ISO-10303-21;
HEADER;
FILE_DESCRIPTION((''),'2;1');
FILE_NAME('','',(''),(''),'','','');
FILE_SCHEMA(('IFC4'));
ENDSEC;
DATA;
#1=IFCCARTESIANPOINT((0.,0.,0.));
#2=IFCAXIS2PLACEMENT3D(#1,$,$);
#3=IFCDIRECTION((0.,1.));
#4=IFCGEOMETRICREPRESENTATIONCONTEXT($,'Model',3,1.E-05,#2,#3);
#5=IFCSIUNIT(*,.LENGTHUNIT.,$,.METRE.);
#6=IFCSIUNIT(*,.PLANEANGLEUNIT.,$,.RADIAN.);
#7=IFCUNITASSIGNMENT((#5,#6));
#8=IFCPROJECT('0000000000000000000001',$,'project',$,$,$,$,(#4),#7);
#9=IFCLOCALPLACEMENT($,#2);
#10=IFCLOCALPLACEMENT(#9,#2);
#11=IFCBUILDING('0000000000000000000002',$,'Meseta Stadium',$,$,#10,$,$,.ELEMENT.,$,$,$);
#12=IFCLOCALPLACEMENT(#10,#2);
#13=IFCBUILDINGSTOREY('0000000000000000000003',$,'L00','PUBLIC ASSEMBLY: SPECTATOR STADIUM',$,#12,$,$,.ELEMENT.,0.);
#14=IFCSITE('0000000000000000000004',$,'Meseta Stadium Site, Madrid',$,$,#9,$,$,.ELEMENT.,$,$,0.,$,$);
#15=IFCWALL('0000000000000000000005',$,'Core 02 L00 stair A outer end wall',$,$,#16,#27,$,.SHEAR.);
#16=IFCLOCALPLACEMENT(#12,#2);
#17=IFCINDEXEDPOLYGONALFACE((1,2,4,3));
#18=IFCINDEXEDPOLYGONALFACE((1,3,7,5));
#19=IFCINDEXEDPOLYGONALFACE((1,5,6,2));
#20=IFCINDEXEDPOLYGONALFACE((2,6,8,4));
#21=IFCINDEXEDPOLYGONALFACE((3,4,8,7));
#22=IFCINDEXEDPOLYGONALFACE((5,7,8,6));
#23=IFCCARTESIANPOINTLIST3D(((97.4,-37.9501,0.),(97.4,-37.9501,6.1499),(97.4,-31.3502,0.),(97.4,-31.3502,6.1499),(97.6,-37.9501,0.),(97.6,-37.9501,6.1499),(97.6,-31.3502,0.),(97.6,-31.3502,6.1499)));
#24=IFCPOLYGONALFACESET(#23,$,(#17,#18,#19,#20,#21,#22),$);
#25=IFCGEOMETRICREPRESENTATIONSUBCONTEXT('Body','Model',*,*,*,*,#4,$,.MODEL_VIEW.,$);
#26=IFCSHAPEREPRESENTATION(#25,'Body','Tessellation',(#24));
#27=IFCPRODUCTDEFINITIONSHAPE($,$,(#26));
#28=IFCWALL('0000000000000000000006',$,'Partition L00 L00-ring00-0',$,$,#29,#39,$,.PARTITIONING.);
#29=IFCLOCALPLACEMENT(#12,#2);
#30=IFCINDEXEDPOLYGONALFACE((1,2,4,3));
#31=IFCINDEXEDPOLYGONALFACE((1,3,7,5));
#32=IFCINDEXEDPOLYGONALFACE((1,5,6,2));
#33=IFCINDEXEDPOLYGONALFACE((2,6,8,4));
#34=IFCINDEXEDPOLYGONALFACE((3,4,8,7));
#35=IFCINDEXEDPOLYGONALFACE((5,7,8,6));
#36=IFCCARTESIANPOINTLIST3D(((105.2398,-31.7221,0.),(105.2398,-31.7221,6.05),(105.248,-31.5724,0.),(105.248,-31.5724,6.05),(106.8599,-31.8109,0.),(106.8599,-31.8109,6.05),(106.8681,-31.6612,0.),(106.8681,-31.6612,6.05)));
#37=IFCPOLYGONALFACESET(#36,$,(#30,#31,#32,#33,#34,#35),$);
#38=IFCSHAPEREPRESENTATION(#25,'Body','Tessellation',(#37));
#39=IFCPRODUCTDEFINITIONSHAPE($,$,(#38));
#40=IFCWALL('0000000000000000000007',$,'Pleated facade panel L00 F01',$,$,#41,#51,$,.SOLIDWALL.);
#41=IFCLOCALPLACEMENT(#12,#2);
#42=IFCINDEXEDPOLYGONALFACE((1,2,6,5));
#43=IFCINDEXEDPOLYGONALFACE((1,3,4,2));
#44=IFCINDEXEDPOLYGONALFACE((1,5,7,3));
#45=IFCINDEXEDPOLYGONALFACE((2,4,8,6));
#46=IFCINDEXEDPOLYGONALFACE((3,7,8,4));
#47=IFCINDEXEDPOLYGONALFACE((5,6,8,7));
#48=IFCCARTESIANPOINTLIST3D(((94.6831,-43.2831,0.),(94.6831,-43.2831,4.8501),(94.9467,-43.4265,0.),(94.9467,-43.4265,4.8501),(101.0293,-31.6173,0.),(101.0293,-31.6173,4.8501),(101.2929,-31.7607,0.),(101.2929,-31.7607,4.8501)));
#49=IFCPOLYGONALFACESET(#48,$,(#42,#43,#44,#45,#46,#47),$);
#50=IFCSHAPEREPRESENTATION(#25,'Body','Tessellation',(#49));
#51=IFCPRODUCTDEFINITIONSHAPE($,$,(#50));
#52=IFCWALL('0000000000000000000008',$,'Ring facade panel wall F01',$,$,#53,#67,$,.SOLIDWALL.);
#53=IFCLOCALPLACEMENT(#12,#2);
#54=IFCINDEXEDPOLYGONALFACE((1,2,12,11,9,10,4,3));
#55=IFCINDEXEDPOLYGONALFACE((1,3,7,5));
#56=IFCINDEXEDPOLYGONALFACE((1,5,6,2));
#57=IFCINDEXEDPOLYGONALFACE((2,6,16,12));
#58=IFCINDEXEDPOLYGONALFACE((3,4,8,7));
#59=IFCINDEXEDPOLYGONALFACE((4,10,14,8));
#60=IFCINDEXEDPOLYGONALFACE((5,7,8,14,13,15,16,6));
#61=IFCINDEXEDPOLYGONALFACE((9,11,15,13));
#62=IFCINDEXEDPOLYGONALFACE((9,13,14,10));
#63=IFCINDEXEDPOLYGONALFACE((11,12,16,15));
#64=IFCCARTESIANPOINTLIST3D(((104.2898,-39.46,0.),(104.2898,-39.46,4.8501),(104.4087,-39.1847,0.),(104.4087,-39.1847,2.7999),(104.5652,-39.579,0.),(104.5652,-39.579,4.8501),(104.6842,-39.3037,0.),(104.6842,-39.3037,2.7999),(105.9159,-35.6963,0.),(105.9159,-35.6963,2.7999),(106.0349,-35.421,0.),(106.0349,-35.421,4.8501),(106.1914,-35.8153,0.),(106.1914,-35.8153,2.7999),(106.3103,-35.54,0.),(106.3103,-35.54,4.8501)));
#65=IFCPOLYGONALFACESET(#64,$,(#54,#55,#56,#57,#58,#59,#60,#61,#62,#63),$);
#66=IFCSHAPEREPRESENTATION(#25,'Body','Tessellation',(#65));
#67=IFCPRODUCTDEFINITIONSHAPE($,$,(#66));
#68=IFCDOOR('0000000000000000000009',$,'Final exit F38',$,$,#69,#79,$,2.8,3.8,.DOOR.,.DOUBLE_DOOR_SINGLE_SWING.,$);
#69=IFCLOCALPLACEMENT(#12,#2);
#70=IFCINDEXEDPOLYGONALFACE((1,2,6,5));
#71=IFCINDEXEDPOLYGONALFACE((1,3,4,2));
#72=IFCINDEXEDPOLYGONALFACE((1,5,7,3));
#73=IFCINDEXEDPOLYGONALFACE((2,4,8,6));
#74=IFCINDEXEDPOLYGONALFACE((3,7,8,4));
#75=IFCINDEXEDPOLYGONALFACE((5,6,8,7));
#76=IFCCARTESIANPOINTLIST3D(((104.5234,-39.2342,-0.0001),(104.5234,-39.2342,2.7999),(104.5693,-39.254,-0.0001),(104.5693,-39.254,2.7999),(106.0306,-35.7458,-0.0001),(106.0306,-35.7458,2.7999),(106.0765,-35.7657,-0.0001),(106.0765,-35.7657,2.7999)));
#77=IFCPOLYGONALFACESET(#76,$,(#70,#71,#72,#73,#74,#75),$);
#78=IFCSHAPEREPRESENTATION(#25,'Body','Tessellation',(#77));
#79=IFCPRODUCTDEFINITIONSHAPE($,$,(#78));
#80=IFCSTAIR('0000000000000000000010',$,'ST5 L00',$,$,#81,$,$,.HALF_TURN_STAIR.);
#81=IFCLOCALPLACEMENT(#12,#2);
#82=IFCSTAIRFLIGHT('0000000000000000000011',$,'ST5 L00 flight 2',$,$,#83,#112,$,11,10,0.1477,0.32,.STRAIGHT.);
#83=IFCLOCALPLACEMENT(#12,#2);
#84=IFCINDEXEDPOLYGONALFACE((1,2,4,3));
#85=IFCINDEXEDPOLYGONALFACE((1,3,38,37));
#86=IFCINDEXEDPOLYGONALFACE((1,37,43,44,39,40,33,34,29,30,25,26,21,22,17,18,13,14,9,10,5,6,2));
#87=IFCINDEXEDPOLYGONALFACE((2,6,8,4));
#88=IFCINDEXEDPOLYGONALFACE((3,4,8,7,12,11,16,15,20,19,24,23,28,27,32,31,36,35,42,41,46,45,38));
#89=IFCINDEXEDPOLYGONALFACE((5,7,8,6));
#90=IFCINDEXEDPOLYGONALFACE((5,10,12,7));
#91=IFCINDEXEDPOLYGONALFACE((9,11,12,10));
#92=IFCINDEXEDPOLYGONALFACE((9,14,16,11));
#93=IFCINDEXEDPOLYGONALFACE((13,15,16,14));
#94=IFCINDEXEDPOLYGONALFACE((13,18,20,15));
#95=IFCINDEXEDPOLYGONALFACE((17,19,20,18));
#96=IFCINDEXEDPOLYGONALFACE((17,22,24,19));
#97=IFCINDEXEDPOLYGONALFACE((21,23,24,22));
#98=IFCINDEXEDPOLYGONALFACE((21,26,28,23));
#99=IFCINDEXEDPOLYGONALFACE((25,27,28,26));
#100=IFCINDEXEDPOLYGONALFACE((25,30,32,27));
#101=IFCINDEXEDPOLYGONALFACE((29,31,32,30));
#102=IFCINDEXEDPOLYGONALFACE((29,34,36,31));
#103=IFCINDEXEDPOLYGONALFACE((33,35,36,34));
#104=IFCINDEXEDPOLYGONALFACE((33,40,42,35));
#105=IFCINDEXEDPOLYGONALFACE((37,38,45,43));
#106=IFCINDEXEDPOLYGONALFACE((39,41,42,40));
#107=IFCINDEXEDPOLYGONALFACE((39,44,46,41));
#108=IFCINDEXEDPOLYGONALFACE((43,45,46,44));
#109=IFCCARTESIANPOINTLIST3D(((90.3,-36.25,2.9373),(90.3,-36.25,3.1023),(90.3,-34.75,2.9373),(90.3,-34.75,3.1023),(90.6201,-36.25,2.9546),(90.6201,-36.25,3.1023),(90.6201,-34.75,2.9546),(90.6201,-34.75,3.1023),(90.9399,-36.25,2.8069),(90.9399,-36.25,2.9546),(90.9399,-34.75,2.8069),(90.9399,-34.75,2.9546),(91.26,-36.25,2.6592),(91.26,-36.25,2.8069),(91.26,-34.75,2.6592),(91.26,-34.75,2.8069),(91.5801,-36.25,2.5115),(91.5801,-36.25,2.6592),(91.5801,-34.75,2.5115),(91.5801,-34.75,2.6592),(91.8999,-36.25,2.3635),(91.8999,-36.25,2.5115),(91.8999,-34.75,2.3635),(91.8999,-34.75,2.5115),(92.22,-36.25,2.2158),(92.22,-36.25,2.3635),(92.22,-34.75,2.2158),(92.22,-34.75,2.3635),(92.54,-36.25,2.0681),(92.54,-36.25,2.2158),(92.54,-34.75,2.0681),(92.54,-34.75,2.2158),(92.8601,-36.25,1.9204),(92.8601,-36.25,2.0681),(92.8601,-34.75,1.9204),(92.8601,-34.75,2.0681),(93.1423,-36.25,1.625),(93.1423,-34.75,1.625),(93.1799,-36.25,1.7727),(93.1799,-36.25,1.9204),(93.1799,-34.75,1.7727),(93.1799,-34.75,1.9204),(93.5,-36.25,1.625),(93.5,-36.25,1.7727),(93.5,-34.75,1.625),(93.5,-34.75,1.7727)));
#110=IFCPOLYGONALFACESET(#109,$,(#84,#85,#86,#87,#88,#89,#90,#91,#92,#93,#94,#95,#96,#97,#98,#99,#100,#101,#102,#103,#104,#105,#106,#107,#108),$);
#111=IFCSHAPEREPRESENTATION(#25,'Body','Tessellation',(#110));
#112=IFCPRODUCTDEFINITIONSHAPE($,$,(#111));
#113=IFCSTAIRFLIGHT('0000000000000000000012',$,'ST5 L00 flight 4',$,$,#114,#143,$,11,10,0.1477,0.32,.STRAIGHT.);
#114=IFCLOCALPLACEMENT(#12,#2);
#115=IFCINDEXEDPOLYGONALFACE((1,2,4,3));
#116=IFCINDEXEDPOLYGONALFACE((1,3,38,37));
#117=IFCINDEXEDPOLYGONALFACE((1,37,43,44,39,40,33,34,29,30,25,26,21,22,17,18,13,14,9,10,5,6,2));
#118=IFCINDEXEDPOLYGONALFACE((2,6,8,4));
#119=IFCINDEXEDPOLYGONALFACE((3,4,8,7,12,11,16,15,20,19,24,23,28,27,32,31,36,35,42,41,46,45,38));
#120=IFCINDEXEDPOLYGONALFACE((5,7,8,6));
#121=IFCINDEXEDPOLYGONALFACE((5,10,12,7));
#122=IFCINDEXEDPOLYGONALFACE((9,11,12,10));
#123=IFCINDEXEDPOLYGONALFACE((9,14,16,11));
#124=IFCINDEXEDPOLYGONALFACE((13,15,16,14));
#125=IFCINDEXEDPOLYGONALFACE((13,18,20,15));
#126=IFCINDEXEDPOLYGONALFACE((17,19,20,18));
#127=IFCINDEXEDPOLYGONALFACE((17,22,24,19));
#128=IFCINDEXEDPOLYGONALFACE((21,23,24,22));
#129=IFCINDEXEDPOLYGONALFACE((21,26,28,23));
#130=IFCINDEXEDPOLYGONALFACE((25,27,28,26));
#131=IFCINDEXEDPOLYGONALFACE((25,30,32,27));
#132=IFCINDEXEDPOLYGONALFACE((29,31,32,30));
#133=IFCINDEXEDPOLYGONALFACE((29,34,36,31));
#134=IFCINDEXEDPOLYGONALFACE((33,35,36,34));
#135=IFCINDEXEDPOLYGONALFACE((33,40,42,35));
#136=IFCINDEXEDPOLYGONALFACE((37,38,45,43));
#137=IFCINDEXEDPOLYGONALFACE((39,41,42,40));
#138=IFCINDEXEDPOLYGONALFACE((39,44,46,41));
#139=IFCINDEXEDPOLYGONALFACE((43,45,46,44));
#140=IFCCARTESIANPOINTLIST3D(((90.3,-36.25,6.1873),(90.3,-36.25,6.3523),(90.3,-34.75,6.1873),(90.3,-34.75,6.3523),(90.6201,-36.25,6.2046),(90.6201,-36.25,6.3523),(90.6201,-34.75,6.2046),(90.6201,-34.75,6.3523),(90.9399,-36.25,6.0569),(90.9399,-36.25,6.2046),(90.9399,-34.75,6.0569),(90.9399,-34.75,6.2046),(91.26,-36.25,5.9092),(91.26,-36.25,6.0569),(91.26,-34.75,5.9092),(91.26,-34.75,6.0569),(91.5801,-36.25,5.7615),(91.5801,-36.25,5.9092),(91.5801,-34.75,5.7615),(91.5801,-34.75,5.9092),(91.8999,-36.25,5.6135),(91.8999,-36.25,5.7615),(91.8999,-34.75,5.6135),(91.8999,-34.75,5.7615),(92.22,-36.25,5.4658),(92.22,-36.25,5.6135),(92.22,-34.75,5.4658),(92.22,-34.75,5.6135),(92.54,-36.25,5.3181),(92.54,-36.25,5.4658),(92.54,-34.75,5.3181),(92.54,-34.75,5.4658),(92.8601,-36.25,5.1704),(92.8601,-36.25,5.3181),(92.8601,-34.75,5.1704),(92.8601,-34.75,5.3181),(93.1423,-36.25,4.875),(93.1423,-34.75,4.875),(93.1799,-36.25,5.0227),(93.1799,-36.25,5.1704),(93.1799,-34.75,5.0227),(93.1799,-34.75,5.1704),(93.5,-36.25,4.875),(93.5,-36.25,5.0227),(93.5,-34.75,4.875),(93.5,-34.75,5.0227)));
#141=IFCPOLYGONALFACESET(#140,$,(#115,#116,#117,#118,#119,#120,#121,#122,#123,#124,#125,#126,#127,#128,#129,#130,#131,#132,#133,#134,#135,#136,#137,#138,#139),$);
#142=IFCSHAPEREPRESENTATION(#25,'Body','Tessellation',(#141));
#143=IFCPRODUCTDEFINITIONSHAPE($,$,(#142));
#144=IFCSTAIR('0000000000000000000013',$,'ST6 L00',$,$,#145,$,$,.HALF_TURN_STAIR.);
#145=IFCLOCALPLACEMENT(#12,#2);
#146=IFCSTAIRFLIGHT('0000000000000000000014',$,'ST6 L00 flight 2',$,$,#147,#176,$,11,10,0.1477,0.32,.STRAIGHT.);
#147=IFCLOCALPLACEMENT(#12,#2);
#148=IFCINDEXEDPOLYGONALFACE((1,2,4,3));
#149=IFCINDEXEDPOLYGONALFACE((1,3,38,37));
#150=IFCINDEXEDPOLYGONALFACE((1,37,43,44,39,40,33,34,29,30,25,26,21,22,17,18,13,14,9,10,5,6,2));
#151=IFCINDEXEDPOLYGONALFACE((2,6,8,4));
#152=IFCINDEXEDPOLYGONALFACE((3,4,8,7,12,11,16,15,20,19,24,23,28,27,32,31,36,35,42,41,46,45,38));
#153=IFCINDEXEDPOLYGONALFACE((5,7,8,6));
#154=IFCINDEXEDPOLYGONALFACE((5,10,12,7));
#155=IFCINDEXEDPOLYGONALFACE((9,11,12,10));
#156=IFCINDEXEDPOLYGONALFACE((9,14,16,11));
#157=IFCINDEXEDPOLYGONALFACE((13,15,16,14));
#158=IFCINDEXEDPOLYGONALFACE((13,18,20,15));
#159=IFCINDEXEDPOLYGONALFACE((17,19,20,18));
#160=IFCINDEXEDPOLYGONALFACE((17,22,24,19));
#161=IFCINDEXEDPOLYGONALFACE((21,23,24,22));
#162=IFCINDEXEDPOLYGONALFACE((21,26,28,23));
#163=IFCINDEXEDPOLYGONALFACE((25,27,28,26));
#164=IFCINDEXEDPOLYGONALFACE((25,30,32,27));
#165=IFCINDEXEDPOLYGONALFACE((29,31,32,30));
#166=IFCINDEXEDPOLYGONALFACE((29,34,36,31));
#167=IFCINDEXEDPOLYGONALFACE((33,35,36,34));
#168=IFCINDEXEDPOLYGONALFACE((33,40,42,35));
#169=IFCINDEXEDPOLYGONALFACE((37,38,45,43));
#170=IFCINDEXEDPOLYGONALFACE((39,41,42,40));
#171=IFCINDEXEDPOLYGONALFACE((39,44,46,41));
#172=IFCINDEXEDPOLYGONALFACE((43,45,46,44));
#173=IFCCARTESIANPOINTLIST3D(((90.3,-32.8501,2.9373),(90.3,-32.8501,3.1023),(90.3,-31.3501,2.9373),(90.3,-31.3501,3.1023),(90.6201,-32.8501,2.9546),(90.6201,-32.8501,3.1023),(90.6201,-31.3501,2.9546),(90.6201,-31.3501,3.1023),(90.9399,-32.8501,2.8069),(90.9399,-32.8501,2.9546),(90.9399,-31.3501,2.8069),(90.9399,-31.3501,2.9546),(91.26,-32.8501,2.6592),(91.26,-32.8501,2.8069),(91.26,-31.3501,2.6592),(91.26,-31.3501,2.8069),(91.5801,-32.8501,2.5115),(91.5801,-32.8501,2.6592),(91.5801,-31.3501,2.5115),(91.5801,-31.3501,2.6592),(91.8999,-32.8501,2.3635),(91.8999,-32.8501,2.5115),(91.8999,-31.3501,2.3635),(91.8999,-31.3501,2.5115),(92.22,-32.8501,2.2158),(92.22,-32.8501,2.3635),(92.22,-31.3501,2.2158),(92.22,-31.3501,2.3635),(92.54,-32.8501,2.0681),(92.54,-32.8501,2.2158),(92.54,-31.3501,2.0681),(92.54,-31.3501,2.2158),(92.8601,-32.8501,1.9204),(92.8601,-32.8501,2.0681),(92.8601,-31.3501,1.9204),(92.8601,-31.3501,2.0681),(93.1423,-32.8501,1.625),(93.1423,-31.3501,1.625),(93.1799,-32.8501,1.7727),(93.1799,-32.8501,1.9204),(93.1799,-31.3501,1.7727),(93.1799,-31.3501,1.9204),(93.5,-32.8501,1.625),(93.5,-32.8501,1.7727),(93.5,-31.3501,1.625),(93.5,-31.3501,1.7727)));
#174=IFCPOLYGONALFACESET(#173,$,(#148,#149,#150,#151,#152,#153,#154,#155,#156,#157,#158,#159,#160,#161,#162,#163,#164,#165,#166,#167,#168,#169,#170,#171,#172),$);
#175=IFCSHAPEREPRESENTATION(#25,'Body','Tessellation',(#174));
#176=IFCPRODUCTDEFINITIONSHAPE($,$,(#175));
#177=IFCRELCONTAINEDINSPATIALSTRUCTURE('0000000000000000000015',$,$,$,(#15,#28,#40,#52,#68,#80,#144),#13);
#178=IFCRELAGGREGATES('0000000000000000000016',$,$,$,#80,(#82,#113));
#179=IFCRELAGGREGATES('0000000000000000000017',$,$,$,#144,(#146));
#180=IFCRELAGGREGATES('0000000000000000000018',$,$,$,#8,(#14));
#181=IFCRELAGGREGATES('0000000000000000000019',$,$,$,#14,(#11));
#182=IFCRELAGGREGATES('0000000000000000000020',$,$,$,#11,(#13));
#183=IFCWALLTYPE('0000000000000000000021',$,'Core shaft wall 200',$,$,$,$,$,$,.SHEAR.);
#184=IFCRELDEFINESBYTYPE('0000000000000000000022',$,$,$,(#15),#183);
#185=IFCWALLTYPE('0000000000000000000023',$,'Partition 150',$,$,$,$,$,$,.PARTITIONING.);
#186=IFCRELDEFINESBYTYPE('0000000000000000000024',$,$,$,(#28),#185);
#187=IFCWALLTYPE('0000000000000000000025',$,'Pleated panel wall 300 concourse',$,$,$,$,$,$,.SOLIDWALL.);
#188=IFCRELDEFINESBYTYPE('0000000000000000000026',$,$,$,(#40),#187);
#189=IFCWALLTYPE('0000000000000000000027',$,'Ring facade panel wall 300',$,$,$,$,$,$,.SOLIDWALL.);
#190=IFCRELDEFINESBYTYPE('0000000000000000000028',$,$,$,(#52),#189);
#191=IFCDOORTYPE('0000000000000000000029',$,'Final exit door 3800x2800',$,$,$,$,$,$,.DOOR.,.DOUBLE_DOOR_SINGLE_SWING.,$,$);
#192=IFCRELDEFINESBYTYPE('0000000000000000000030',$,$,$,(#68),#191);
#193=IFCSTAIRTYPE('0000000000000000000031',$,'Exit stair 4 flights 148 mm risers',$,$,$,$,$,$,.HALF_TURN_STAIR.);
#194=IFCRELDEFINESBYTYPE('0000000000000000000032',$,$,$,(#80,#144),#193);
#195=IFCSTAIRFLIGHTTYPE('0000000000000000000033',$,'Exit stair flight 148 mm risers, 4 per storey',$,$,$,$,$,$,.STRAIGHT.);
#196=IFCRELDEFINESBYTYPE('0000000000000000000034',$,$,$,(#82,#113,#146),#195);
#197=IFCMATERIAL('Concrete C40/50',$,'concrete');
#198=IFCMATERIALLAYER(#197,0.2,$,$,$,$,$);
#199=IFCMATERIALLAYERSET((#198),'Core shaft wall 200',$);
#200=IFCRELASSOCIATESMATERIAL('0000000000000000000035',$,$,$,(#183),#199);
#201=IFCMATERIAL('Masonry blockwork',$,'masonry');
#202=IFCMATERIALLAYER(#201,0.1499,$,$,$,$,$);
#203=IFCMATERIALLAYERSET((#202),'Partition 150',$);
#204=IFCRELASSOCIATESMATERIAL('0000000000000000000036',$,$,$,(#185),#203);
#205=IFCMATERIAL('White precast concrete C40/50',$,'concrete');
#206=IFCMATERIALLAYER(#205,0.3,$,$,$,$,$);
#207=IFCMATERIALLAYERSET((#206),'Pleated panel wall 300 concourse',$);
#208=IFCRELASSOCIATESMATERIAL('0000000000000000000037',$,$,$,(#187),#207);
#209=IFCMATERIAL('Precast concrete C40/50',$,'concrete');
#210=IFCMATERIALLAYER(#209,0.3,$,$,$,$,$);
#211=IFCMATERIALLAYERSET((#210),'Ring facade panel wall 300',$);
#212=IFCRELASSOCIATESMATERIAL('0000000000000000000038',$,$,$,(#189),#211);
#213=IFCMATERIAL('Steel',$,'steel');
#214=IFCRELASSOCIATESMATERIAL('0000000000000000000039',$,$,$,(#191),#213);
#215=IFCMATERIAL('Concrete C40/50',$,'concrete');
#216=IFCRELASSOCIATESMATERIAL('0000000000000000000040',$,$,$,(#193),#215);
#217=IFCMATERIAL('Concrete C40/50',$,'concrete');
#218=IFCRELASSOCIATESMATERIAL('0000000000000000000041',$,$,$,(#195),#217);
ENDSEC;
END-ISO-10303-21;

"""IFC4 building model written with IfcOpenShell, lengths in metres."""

from ifc_helpers import new_model, si_unit, direction, frame, frame_2d, origin, place, context, subcontext, project, spatial, polyline, rectangle, outline, extrude, material, layer, layer_set, type_object, element, fill, aggregate, save


model = new_model("IFC4")

# Units and contexts
model_context = context("Model", 3, precision=1e-05, world=origin(), true_north=direction((0.0, 1.0)))
body_context = subcontext(model_context, "Body", "Model", "MODEL_VIEW")
ifc_project = project(units=[si_unit("LENGTHUNIT", "METRE"), si_unit("PLANEANGLEUNIT", "RADIAN")], contexts=[model_context])

# Site, building, storey
site_placement = place(None, origin())
site = spatial("IfcSite", under=ifc_project, at=site_placement, Name="Meseta Stadium Site, Madrid", CompositionType="ELEMENT", RefElevation=0.0)
building_placement = place(site_placement, origin())
building = spatial("IfcBuilding", under=site, at=building_placement, Name="Meseta Stadium", CompositionType="ELEMENT")
storey_placement = place(building_placement, origin())
storey = spatial("IfcBuildingStorey", under=building, at=storey_placement, Name="L00", Description="PUBLIC ASSEMBLY: SPECTATOR STADIUM", CompositionType="ELEMENT", Elevation=0.0)

# Walls
ifc_material_1 = material(Name="Concrete C40/50", Category="concrete")
ifc_layer_1 = layer(ifc_material_1, 0.2)
ifc_layer_set_1 = layer_set([ifc_layer_1], Name="Core shaft wall 200")
wall_type_1 = type_object("IfcWallType", Name="Core shaft wall 200", PredefinedType="SHEAR", material=ifc_layer_set_1)
wall_1_placement = place(storey_placement, frame((97.5, -37.95, 0.0), z_axis=(0.0, 0.0, 1.0), x_axis=(0.0, 1.0, 0.0)))
element("IfcWall", 1, at=wall_1_placement, inside=storey, type_object=wall_type_1, Name="Core 02 L00 stair A outer end wall", PredefinedType="SHEAR", context=body_context, shape_type="SweptSolid", body=[
    extrude(rectangle(XDim=6.5999, YDim=0.2, at=frame_2d((3.2998, 0.0))), origin(), (0.0, 0.0, 1.0), 6.1499),
])
ifc_material_2 = material(Name="Masonry blockwork", Category="masonry")
ifc_layer_2 = layer(ifc_material_2, 0.1499)
ifc_layer_set_2 = layer_set([ifc_layer_2], Name="Partition 150")
wall_type_2 = type_object("IfcWallType", Name="Partition 150", PredefinedType="PARTITIONING", material=ifc_layer_set_2)
wall_2_placement = place(storey_placement, frame((105.2439, -31.6472, 0.0), z_axis=(0.0, 0.0, 1.0), x_axis=(0.998499, -0.05477, 0.0)))
element("IfcWall", 2, at=wall_2_placement, inside=storey, type_object=wall_type_2, Name="Partition L00 L00-ring00-0", PredefinedType="PARTITIONING", context=body_context, shape_type="SweptSolid", body=[
    extrude(rectangle(XDim=1.6226, YDim=0.1499, at=frame_2d((0.8113, 0.0))), origin(), (0.0, 0.0, 1.0), 6.05),
])
ifc_material_3 = material(Name="White precast concrete C40/50", Category="concrete")
ifc_layer_3 = layer(ifc_material_3, 0.3)
ifc_layer_set_3 = layer_set([ifc_layer_3], Name="Pleated panel wall 300 concourse")
wall_type_3 = type_object("IfcWallType", Name="Pleated panel wall 300 concourse", PredefinedType="SOLIDWALL", material=ifc_layer_set_3)
wall_3_placement = place(storey_placement, frame((101.1611, -31.689, 0.0), z_axis=(0.0, 0.0, 1.0), x_axis=(-0.477868, -0.878432, 0.0)))
element("IfcWall", 3, at=wall_3_placement, inside=storey, type_object=wall_type_3, Name="Pleated facade panel L00 F01", PredefinedType="SOLIDWALL", context=body_context, shape_type="SweptSolid", body=[
    extrude(rectangle(XDim=13.2803, YDim=0.3, at=frame_2d((6.6401, 0.0))), origin(), (0.0, 0.0, 1.0), 4.8501),
])

# Wall, opening, door
ifc_material_4 = material(Name="Precast concrete C40/50", Category="concrete")
ifc_layer_4 = layer(ifc_material_4, 0.3)
ifc_layer_set_4 = layer_set([ifc_layer_4], Name="Ring facade panel wall 300")
wall_type_4 = type_object("IfcWallType", Name="Ring facade panel wall 300", PredefinedType="SOLIDWALL", material=ifc_layer_set_4)
wall_4_placement = place(storey_placement, frame((106.1726, -35.4805, 0.0), z_axis=(0.0, 0.0, 1.0), x_axis=(-0.396623, -0.917982, 0.0)))
wall_4 = element("IfcWall", 4, at=wall_4_placement, inside=storey, type_object=wall_type_4, Name="Ring facade panel wall F01", PredefinedType="SOLIDWALL", context=body_context, shape_type="SweptSolid", body=[
    extrude(rectangle(XDim=4.3999, YDim=0.3, at=frame_2d((2.2, 0.0))), origin(), (0.0, 0.0, 1.0), 4.8501),
])
opening_placement = place(wall_4_placement, frame((0.3, 0.0, 0.0)))
opening = element("IfcOpeningElement", 5, at=opening_placement, cuts=wall_4, PredefinedType="OPENING", context=body_context, shape_type="SweptSolid", body=[
    extrude(rectangle(XDim=3.8, YDim=2.8, at=frame_2d((1.8999, 1.3999))), frame((0.0, 0.1599, 0.0), z_axis=(0.0, -1.0, 0.0), x_axis=(1.0, 0.0, 0.0)), (0.0, 0.0, 1.0), 0.3201),
])
ifc_material_5 = material(Name="Steel", Category="steel")
door_type = type_object("IfcDoorType", Name="Final exit door 3800x2800", OperationType="DOUBLE_DOOR_SINGLE_SWING", PredefinedType="DOOR", material=ifc_material_5)
door_placement = place(opening_placement, origin())
door = element("IfcDoor", 6, at=door_placement, inside=storey, type_object=door_type, Name="Final exit F38", OperationType="DOUBLE_DOOR_SINGLE_SWING", OverallHeight=2.8, OverallWidth=3.8, PredefinedType="DOOR", context=body_context, shape_type="SweptSolid", body=[
    extrude(rectangle(XDim=3.8, YDim=2.8, at=frame_2d((1.8999, 1.3999))), frame((0.0, 0.0249, 0.0), z_axis=(0.0, -1.0, 0.0), x_axis=(1.0, 0.0, 0.0)), (0.0, 0.0, 1.0), 0.05),
])
fill(opening, door)

# Stairs, stair flights
ifc_material_6 = material(Name="Concrete C40/50", Category="concrete")
stair_type = type_object("IfcStairType", Name="Exit stair 4 flights 148 mm risers", PredefinedType="HALF_TURN_STAIR", material=ifc_material_6)
stair_1_placement = place(storey_placement, origin())
stair_1 = element("IfcStair", 7, at=stair_1_placement, inside=storey, type_object=stair_type, Name="ST5 L00", PredefinedType="HALF_TURN_STAIR")
ifc_material_7 = material(Name="Concrete C40/50", Category="concrete")
stair_flight_type = type_object("IfcStairFlightType", Name="Exit stair flight 148 mm risers, 4 per storey", PredefinedType="STRAIGHT", material=ifc_material_7)
stair_flight_1_placement = place(storey_placement, frame((93.5, -35.5, 1.625), z_axis=(0.0, 0.0, 1.0), x_axis=(-1.0, 0.0, 0.0)))
stair_flight_1 = element("IfcStairFlight", 8, at=stair_flight_1_placement, type_object=stair_flight_type, Name="ST5 L00 flight 2", NumberOfRisers=11, NumberOfTreads=10, PredefinedType="STRAIGHT", RiserHeight=0.1477, TreadLength=0.32, context=body_context, shape_type="SweptSolid", body=[
    extrude(outline(polyline([(0.0, 0.0), (0.0, 0.1477), (0.3201, 0.1477), (0.3201, 0.2954), (0.6399, 0.2954), (0.6399, 0.4431), (0.96, 0.4431), (0.96, 0.5908), (1.28, 0.5908), (1.28, 0.7385), (1.6001, 0.7385), (1.6001, 0.8865), (1.9199, 0.8865), (1.9199, 1.0342), (2.24, 1.0342), (2.24, 1.1819), (2.5601, 1.1819), (2.5601, 1.3296), (2.8799, 1.3296), (2.8799, 1.4773), (3.2, 1.4773), (3.2, 1.3123), (0.3577, 0.0), (0.0, 0.0)])), frame((0.0, 0.75, 0.0), z_axis=(0.0, -1.0, 0.0), x_axis=(1.0, 0.0, 0.0)), (0.0, 0.0, 1.0), 1.5),
])
stair_flight_2_placement = place(storey_placement, frame((93.5, -35.5, 4.875), z_axis=(0.0, 0.0, 1.0), x_axis=(-1.0, 0.0, 0.0)))
stair_flight_2 = element("IfcStairFlight", 9, at=stair_flight_2_placement, type_object=stair_flight_type, Name="ST5 L00 flight 4", NumberOfRisers=11, NumberOfTreads=10, PredefinedType="STRAIGHT", RiserHeight=0.1477, TreadLength=0.32, context=body_context, shape_type="SweptSolid", body=[
    extrude(outline(polyline([(0.0, 0.0), (0.0, 0.1477), (0.3201, 0.1477), (0.3201, 0.2954), (0.6399, 0.2954), (0.6399, 0.4431), (0.96, 0.4431), (0.96, 0.5908), (1.28, 0.5908), (1.28, 0.7385), (1.6001, 0.7385), (1.6001, 0.8865), (1.9199, 0.8865), (1.9199, 1.0342), (2.24, 1.0342), (2.24, 1.1819), (2.5601, 1.1819), (2.5601, 1.3296), (2.8799, 1.3296), (2.8799, 1.4773), (3.2, 1.4773), (3.2, 1.3123), (0.3577, 0.0), (0.0, 0.0)])), frame((0.0, 0.75, 0.0), z_axis=(0.0, -1.0, 0.0), x_axis=(1.0, 0.0, 0.0)), (0.0, 0.0, 1.0), 1.5),
])
aggregate(stair_1, [stair_flight_1, stair_flight_2])
stair_2_placement = place(storey_placement, origin())
stair_2 = element("IfcStair", 10, at=stair_2_placement, inside=storey, type_object=stair_type, Name="ST6 L00", PredefinedType="HALF_TURN_STAIR")
stair_flight_3_placement = place(storey_placement, frame((93.5, -32.1001, 1.625), z_axis=(0.0, 0.0, 1.0), x_axis=(-1.0, 0.0, 0.0)))
stair_flight_3 = element("IfcStairFlight", 11, at=stair_flight_3_placement, type_object=stair_flight_type, Name="ST6 L00 flight 2", NumberOfRisers=11, NumberOfTreads=10, PredefinedType="STRAIGHT", RiserHeight=0.1477, TreadLength=0.32, context=body_context, shape_type="SweptSolid", body=[
    extrude(outline(polyline([(0.0, 0.0), (0.0, 0.1477), (0.3201, 0.1477), (0.3201, 0.2954), (0.6399, 0.2954), (0.6399, 0.4431), (0.96, 0.4431), (0.96, 0.5908), (1.28, 0.5908), (1.28, 0.7385), (1.6001, 0.7385), (1.6001, 0.8865), (1.9199, 0.8865), (1.9199, 1.0342), (2.24, 1.0342), (2.24, 1.1819), (2.5601, 1.1819), (2.5601, 1.3296), (2.8799, 1.3296), (2.8799, 1.4773), (3.2, 1.4773), (3.2, 1.3123), (0.3577, 0.0), (0.0, 0.0)])), frame((0.0, 0.75, 0.0), z_axis=(0.0, -1.0, 0.0), x_axis=(1.0, 0.0, 0.0)), (0.0, 0.0, 1.0), 1.5),
])
aggregate(stair_2, [stair_flight_3])

save(model, "model.ifc")
